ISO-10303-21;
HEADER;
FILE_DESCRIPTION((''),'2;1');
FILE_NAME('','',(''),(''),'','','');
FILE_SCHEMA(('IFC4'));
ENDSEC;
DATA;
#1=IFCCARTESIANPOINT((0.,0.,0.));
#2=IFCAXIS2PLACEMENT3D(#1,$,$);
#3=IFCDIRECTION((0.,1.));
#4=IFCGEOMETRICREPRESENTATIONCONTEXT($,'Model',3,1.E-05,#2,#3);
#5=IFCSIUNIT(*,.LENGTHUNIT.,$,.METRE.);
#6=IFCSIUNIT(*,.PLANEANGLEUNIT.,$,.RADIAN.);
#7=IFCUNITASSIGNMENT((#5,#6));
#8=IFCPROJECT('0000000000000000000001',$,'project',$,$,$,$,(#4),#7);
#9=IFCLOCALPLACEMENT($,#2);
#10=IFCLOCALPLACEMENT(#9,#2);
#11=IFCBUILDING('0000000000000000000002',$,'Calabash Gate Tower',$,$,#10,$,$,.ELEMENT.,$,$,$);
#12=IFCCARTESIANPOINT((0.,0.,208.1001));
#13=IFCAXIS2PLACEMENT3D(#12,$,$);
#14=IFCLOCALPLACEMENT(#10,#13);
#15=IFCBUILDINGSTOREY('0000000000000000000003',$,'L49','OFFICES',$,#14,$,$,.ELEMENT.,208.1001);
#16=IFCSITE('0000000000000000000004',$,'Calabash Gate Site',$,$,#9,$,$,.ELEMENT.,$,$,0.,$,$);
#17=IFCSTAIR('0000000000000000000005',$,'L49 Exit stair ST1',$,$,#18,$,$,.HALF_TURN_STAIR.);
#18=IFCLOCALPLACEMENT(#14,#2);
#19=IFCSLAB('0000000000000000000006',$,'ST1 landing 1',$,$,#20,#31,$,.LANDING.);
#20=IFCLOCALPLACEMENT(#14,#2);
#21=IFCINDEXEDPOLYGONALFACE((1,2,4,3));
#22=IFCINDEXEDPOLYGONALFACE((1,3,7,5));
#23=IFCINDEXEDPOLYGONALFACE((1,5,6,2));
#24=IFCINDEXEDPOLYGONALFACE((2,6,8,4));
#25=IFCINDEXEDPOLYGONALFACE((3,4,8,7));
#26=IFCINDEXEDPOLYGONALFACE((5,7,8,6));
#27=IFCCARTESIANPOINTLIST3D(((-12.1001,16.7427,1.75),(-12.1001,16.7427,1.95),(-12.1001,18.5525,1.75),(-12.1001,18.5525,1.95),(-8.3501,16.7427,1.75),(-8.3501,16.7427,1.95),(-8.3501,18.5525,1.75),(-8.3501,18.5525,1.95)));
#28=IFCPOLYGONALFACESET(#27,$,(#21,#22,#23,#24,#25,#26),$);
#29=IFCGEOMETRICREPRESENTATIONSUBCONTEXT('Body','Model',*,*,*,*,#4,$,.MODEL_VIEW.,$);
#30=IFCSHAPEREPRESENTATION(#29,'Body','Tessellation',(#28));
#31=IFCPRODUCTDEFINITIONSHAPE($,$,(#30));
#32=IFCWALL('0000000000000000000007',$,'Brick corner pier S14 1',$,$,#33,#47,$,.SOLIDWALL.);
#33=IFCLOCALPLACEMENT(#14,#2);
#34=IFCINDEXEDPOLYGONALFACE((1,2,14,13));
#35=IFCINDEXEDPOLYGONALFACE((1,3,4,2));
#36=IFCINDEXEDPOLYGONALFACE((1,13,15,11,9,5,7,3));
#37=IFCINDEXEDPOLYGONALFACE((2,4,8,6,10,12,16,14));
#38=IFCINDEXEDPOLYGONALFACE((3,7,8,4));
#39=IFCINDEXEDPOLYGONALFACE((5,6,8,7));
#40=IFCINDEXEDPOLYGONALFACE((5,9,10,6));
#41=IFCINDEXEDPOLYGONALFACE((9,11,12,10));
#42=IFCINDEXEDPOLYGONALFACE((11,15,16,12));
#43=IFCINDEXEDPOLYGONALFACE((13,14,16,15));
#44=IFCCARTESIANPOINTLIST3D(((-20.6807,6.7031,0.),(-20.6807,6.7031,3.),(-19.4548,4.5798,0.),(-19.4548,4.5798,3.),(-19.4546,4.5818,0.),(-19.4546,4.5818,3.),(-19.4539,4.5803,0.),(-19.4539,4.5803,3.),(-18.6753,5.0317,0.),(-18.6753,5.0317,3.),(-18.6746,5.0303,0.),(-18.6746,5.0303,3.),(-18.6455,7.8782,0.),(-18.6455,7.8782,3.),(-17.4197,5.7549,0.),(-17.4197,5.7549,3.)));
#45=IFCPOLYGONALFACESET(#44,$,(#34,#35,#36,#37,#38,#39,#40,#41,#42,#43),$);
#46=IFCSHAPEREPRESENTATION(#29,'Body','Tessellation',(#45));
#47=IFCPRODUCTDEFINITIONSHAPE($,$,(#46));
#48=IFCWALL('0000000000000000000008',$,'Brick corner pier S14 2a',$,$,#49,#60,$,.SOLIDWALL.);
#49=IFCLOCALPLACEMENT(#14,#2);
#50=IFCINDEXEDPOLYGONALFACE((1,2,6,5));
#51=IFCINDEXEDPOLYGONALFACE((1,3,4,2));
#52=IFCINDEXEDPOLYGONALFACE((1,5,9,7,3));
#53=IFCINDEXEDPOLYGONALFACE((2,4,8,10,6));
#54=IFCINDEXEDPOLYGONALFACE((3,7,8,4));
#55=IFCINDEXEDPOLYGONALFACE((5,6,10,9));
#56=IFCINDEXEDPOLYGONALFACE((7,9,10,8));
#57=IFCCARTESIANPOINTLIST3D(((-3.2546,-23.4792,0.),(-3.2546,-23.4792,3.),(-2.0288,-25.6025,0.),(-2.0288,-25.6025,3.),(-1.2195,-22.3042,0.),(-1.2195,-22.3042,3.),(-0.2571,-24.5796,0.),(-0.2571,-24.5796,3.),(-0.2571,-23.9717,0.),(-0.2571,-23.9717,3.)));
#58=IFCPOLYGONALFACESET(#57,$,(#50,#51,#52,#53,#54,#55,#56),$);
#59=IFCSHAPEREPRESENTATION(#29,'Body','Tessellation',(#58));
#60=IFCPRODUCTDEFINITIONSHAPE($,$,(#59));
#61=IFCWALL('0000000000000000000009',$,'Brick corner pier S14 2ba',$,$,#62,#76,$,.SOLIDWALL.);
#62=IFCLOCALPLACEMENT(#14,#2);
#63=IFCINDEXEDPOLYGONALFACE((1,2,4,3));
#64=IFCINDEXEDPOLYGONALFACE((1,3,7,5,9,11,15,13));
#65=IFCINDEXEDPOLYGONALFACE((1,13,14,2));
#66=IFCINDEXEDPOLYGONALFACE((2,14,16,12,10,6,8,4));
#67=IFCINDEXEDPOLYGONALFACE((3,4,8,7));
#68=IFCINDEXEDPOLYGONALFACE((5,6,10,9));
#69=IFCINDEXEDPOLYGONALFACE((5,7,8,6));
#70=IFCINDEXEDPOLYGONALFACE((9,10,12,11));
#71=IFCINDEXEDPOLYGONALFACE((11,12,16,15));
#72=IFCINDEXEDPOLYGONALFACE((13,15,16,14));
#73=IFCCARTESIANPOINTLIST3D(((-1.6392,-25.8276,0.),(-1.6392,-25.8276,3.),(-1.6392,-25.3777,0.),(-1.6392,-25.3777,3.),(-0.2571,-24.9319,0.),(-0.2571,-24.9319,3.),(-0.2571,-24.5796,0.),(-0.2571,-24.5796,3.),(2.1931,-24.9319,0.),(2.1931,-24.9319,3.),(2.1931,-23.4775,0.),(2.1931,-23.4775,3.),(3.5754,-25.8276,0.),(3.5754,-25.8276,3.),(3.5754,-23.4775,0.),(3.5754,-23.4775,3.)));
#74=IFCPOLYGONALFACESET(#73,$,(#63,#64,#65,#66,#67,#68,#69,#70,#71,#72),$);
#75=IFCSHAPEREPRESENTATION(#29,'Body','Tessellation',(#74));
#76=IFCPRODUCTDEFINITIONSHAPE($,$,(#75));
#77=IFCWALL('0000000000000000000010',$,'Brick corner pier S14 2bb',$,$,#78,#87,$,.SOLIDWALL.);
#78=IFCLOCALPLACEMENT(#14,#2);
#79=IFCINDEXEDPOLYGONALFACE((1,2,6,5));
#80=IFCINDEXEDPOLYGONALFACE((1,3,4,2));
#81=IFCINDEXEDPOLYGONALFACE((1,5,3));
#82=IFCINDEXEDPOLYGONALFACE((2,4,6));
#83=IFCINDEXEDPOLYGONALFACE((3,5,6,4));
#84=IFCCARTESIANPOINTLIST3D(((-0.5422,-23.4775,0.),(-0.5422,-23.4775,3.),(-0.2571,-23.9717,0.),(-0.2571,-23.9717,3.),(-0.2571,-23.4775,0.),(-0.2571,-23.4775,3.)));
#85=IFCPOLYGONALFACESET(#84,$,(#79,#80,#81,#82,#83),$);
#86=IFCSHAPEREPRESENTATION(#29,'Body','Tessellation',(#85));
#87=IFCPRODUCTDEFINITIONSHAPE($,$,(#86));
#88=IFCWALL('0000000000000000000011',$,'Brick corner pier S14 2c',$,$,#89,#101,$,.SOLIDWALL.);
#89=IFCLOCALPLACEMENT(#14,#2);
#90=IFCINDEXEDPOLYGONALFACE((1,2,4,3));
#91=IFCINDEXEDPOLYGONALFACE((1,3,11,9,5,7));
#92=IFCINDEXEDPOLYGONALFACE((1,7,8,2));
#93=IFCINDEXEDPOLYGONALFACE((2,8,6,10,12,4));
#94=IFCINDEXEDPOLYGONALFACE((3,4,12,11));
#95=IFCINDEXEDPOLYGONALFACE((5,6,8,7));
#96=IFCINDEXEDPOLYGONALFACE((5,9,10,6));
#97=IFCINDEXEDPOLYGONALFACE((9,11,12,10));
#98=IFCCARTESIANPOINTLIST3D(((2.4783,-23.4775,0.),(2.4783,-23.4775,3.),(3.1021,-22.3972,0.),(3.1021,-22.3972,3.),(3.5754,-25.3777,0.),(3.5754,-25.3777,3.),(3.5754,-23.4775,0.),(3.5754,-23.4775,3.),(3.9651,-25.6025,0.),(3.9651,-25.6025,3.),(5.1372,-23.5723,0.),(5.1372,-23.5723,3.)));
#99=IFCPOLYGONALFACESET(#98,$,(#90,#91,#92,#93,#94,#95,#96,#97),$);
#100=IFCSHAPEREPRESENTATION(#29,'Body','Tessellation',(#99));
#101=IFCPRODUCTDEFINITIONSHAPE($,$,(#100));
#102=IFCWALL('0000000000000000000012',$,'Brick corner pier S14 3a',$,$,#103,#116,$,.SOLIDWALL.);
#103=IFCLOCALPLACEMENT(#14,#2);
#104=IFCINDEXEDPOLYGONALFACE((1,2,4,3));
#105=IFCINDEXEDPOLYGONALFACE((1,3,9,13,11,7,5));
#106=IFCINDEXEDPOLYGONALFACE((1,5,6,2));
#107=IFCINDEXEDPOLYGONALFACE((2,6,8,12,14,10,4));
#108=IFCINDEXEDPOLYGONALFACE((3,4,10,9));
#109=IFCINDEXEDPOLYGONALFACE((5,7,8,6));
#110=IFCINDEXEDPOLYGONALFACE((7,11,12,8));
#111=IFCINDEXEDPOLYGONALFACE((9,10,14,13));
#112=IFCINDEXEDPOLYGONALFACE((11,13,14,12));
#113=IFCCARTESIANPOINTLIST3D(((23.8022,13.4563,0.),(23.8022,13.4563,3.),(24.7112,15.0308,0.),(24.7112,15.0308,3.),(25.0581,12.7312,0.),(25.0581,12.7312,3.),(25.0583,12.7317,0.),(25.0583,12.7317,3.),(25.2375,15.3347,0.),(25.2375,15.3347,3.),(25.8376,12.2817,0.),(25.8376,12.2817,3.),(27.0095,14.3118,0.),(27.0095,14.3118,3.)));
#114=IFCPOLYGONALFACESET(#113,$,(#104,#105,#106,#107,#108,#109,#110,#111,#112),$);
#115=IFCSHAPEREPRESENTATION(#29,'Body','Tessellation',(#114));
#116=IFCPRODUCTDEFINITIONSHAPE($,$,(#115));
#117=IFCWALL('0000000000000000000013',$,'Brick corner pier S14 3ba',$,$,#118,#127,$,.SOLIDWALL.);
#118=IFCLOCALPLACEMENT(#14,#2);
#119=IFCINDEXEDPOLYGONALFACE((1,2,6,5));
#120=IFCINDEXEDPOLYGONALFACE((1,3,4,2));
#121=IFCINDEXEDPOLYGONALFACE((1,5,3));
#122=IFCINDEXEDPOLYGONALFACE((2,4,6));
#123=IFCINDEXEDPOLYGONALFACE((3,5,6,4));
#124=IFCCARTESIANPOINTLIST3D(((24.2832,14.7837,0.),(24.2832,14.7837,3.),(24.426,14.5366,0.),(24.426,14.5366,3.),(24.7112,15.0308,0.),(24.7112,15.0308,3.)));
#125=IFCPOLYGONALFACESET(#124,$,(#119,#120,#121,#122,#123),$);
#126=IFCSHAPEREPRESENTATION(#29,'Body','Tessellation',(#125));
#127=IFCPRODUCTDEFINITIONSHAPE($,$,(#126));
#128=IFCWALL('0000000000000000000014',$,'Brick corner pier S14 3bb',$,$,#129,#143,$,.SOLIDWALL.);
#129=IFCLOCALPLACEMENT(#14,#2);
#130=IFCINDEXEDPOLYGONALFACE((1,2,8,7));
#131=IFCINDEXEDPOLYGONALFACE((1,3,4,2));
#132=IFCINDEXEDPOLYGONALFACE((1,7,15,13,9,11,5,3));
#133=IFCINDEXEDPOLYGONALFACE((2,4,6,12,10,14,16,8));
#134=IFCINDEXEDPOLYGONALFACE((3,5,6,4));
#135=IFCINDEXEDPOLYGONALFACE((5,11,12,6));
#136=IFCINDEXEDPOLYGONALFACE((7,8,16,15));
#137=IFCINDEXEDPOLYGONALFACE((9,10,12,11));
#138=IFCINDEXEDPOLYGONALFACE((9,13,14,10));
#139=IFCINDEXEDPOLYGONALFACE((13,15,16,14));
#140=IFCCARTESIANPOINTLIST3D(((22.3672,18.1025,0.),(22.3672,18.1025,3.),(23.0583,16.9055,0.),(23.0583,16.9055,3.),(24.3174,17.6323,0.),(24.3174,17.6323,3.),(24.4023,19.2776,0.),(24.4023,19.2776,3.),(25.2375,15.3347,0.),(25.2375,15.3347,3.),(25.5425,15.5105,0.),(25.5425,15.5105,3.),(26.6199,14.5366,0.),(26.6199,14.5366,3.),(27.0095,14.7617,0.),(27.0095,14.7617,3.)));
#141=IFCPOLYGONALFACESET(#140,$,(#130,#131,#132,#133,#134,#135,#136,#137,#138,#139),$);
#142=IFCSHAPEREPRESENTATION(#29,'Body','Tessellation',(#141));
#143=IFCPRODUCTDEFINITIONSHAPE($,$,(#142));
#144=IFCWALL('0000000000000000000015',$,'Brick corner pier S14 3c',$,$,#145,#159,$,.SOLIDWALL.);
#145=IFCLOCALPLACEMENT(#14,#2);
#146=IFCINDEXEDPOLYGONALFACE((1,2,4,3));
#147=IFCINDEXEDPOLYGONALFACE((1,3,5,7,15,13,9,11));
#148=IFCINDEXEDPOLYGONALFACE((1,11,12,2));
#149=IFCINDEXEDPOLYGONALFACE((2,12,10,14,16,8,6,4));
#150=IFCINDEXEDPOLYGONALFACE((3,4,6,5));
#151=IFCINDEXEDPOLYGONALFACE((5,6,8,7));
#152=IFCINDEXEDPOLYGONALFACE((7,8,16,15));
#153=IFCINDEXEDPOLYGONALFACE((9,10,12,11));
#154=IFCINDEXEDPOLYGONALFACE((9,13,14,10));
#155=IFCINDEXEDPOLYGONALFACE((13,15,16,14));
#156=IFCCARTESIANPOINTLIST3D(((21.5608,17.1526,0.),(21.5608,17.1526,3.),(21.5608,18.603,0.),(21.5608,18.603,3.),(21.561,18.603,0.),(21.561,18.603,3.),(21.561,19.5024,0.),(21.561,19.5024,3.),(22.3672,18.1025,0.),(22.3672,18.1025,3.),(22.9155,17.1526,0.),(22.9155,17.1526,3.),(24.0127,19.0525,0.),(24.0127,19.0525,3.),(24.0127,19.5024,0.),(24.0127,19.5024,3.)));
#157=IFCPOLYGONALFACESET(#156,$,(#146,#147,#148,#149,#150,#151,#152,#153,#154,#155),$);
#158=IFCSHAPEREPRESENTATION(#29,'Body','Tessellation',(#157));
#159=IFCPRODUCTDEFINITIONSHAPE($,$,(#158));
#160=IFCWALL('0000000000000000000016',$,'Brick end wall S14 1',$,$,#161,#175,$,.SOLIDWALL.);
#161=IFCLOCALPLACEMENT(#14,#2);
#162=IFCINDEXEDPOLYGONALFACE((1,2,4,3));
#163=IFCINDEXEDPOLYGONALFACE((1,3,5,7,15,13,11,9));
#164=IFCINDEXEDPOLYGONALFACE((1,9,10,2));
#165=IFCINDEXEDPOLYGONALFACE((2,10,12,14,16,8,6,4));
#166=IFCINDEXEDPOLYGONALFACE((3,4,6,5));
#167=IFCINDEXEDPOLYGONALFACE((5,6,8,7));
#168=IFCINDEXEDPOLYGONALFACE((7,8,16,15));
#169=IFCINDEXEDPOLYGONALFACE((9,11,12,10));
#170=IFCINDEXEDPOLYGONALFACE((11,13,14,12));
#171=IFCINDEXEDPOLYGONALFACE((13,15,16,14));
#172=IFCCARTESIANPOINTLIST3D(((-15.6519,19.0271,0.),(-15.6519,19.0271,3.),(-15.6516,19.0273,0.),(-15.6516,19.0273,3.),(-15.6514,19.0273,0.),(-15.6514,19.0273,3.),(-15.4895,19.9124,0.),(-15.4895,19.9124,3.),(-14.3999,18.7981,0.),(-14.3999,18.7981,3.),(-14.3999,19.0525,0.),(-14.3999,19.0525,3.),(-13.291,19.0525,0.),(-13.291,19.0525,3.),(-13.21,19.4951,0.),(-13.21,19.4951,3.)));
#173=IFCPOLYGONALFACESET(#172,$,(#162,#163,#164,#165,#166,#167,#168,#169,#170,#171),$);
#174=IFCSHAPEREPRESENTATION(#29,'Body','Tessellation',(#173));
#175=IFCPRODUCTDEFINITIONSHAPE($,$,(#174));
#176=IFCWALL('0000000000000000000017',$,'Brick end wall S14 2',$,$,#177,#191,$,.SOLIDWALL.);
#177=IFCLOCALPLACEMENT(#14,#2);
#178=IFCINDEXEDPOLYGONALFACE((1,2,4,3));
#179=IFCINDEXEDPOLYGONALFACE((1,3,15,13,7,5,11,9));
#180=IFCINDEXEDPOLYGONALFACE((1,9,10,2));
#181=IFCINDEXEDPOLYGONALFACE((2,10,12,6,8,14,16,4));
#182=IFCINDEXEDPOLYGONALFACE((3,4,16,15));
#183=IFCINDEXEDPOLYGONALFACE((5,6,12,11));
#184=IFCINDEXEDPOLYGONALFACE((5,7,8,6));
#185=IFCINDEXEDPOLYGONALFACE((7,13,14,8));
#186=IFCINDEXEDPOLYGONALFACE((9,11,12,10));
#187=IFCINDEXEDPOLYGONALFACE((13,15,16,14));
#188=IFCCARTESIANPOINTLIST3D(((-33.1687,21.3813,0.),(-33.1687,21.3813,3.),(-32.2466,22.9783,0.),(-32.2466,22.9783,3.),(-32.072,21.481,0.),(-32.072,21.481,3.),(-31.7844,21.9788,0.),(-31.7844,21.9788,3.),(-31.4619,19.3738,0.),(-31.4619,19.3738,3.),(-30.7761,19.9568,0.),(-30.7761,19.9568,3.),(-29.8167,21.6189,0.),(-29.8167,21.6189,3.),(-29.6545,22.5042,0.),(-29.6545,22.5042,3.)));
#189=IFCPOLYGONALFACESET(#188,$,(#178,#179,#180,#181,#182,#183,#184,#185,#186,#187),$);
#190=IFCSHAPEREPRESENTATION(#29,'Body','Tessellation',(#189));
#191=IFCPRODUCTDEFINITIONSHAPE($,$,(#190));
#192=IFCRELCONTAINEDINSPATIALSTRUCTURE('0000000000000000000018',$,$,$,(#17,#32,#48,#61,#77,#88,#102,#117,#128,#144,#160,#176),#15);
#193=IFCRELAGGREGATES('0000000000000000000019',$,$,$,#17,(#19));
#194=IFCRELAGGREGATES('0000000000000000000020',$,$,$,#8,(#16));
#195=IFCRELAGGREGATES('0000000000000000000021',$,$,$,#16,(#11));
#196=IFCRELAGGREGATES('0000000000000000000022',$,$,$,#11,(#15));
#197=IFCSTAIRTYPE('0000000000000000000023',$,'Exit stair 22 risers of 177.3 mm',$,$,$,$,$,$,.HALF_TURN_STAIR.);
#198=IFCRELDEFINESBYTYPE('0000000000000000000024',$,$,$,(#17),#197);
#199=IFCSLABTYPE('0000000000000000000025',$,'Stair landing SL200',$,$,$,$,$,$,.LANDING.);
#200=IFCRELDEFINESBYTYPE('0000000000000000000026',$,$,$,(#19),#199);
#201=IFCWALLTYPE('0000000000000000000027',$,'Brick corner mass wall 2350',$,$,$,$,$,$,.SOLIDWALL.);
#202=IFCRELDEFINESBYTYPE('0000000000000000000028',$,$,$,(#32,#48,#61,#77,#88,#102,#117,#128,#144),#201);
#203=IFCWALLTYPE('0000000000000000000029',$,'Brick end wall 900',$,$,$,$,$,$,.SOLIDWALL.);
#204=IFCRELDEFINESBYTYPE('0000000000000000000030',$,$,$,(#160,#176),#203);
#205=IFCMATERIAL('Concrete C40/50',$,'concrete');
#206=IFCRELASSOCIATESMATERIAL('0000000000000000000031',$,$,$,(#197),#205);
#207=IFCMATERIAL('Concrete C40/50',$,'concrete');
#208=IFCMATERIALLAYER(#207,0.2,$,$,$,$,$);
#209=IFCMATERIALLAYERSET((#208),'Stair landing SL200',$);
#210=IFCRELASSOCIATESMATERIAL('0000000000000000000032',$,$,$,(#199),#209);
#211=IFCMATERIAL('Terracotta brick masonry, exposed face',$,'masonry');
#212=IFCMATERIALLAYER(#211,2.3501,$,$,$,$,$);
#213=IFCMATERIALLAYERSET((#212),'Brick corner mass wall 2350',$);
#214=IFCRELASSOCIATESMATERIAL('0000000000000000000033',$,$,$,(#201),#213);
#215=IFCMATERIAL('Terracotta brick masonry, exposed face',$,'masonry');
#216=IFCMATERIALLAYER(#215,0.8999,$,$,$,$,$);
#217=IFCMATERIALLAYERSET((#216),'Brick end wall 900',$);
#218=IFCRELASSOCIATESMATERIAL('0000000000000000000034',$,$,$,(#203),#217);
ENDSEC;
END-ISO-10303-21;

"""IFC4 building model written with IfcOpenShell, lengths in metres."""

from ifc_helpers import new_model, si_unit, direction, frame, origin, place, context, subcontext, project, spatial, polyline, outline, extrude, material, layer, layer_set, type_object, element, aggregate, save


model = new_model("IFC4")

# Units and contexts
model_context = context("Model", 3, precision=1e-05, world=origin(), true_north=direction((0.0, 1.0)))
body_context = subcontext(model_context, "Body", "Model", "MODEL_VIEW")
ifc_project = project(units=[si_unit("LENGTHUNIT", "METRE"), si_unit("PLANEANGLEUNIT", "RADIAN")], contexts=[model_context])

# Site, building, storey
site_placement = place(None, origin())
site = spatial("IfcSite", under=ifc_project, at=site_placement, Name="Calabash Gate Site", CompositionType="ELEMENT", RefElevation=0.0)
building_placement = place(site_placement, origin())
building = spatial("IfcBuilding", under=site, at=building_placement, Name="Calabash Gate Tower", CompositionType="ELEMENT")
storey_placement = place(building_placement, frame((0.0, 0.0, 208.1001)))
storey = spatial("IfcBuildingStorey", under=building, at=storey_placement, Name="L49", Description="OFFICES", CompositionType="ELEMENT", Elevation=208.1001)

# Stair, slab
ifc_material_1 = material(Name="Concrete C40/50", Category="concrete")
stair_type = type_object("IfcStairType", Name="Exit stair 22 risers of 177.3 mm", PredefinedType="HALF_TURN_STAIR", material=ifc_material_1)
stair_placement = place(storey_placement, origin())
stair = element("IfcStair", 1, at=stair_placement, inside=storey, type_object=stair_type, Name="L49 Exit stair ST1", PredefinedType="HALF_TURN_STAIR")
ifc_material_2 = material(Name="Concrete C40/50", Category="concrete")
ifc_layer_1 = layer(ifc_material_2, 0.2)
ifc_layer_set_1 = layer_set([ifc_layer_1], Name="Stair landing SL200")
slab_type = type_object("IfcSlabType", Name="Stair landing SL200", PredefinedType="LANDING", material=ifc_layer_set_1)
slab_placement = place(storey_placement, frame((0.0, 0.0, 1.75)))
slab = element("IfcSlab", 2, at=slab_placement, type_object=slab_type, Name="ST1 landing 1", PredefinedType="LANDING", context=body_context, shape_type="SweptSolid", body=[
    extrude(outline(polyline([(-8.3501, 16.7427), (-8.3501, 18.5525), (-12.1001, 18.5525), (-12.1001, 16.7427), (-8.3501, 16.7427)])), origin(), (0.0, 0.0, 1.0), 0.2),
])
aggregate(stair, [slab])

# Walls
ifc_material_3 = material(Name="Terracotta brick masonry, exposed face", Category="masonry")
ifc_layer_2 = layer(ifc_material_3, 2.3501)
ifc_layer_set_2 = layer_set([ifc_layer_2], Name="Brick corner mass wall 2350")
wall_type_1 = type_object("IfcWallType", Name="Brick corner mass wall 2350", PredefinedType="SOLIDWALL", material=ifc_layer_set_2)
wall_1_placement = place(storey_placement, origin())
element("IfcWall", 3, at=wall_1_placement, inside=storey, type_object=wall_type_1, Name="Brick corner pier S14 1", PredefinedType="SOLIDWALL", context=body_context, shape_type="SweptSolid", body=[
    extrude(outline(polyline([(-19.4546, 4.5818), (-18.6753, 5.0317), (-18.6746, 5.0303), (-17.4197, 5.7549), (-18.6455, 7.8782), (-20.6807, 6.7031), (-19.4548, 4.5798), (-19.4539, 4.5803), (-19.4546, 4.5818)])), origin(), (0.0, 0.0, 1.0), 3.0),
])
wall_2_placement = place(storey_placement, origin())
element("IfcWall", 4, at=wall_2_placement, inside=storey, type_object=wall_type_1, Name="Brick corner pier S14 2a", PredefinedType="SOLIDWALL", context=body_context, shape_type="SweptSolid", body=[
    extrude(outline(polyline([(-0.2571, -23.9717), (-1.2195, -22.3042), (-3.2546, -23.4792), (-2.0288, -25.6025), (-0.2571, -24.5796), (-0.2571, -23.9717)])), origin(), (0.0, 0.0, 1.0), 3.0),
])
wall_3_placement = place(storey_placement, origin())
element("IfcWall", 5, at=wall_3_placement, inside=storey, type_object=wall_type_1, Name="Brick corner pier S14 2ba", PredefinedType="SOLIDWALL", context=body_context, shape_type="SweptSolid", body=[
    extrude(outline(polyline([(2.1931, -23.4775), (2.1931, -24.9319), (-0.2571, -24.9319), (-0.2571, -24.5796), (-1.6392, -25.3777), (-1.6392, -25.8276), (3.5754, -25.8276), (3.5754, -23.4775), (2.1931, -23.4775)])), origin(), (0.0, 0.0, 1.0), 3.0),
])
wall_4_placement = place(storey_placement, origin())
element("IfcWall", 6, at=wall_4_placement, inside=storey, type_object=wall_type_1, Name="Brick corner pier S14 2bb", PredefinedType="SOLIDWALL", context=body_context, shape_type="SweptSolid", body=[
    extrude(outline(polyline([(-0.5422, -23.4775), (-0.2571, -23.9717), (-0.2571, -23.4775), (-0.5422, -23.4775)])), origin(), (0.0, 0.0, 1.0), 3.0),
])
wall_5_placement = place(storey_placement, origin())
element("IfcWall", 7, at=wall_5_placement, inside=storey, type_object=wall_type_1, Name="Brick corner pier S14 2c", PredefinedType="SOLIDWALL", context=body_context, shape_type="SweptSolid", body=[
    extrude(outline(polyline([(5.1372, -23.5723), (3.1021, -22.3972), (2.4783, -23.4775), (3.5754, -23.4775), (3.5754, -25.3777), (3.9651, -25.6025), (5.1372, -23.5723)])), origin(), (0.0, 0.0, 1.0), 3.0),
])
wall_6_placement = place(storey_placement, origin())
element("IfcWall", 8, at=wall_6_placement, inside=storey, type_object=wall_type_1, Name="Brick corner pier S14 3a", PredefinedType="SOLIDWALL", context=body_context, shape_type="SweptSolid", body=[
    extrude(outline(polyline([(23.8022, 13.4563), (25.0581, 12.7312), (25.0583, 12.7317), (25.8376, 12.2817), (27.0095, 14.3118), (25.2375, 15.3347), (24.7112, 15.0308), (23.8022, 13.4563)])), origin(), (0.0, 0.0, 1.0), 3.0),
])
wall_7_placement = place(storey_placement, origin())
element("IfcWall", 9, at=wall_7_placement, inside=storey, type_object=wall_type_1, Name="Brick corner pier S14 3ba", PredefinedType="SOLIDWALL", context=body_context, shape_type="SweptSolid", body=[
    extrude(outline(polyline([(24.426, 14.5366), (24.7112, 15.0308), (24.2832, 14.7837), (24.426, 14.5366)])), origin(), (0.0, 0.0, 1.0), 3.0),
])
wall_8_placement = place(storey_placement, origin())
element("IfcWall", 10, at=wall_8_placement, inside=storey, type_object=wall_type_1, Name="Brick corner pier S14 3bb", PredefinedType="SOLIDWALL", context=body_context, shape_type="SweptSolid", body=[
    extrude(outline(polyline([(24.3174, 17.6323), (25.5425, 15.5105), (25.2375, 15.3347), (26.6199, 14.5366), (27.0095, 14.7617), (24.4023, 19.2776), (22.3672, 18.1025), (23.0583, 16.9055), (24.3174, 17.6323)])), origin(), (0.0, 0.0, 1.0), 3.0),
])
wall_9_placement = place(storey_placement, origin())
element("IfcWall", 11, at=wall_9_placement, inside=storey, type_object=wall_type_1, Name="Brick corner pier S14 3c", PredefinedType="SOLIDWALL", context=body_context, shape_type="SweptSolid", body=[
    extrude(outline(polyline([(21.5608, 18.603), (21.5608, 17.1526), (22.9155, 17.1526), (22.3672, 18.1025), (24.0127, 19.0525), (24.0127, 19.5024), (21.561, 19.5024), (21.561, 18.603), (21.5608, 18.603)])), origin(), (0.0, 0.0, 1.0), 3.0),
])
ifc_material_4 = material(Name="Terracotta brick masonry, exposed face", Category="masonry")
ifc_layer_3 = layer(ifc_material_4, 0.8999)
ifc_layer_set_3 = layer_set([ifc_layer_3], Name="Brick end wall 900")
wall_type_2 = type_object("IfcWallType", Name="Brick end wall 900", PredefinedType="SOLIDWALL", material=ifc_layer_set_3)
wall_10_placement = place(storey_placement, origin())
element("IfcWall", 12, at=wall_10_placement, inside=storey, type_object=wall_type_2, Name="Brick end wall S14 1", PredefinedType="SOLIDWALL", context=body_context, shape_type="SweptSolid", body=[
    extrude(outline(polyline([(-15.6516, 19.0273), (-15.6519, 19.0271), (-14.3999, 18.7981), (-14.3999, 19.0525), (-13.291, 19.0525), (-13.21, 19.4951), (-15.4895, 19.9124), (-15.6514, 19.0273), (-15.6516, 19.0273)])), origin(), (0.0, 0.0, 1.0), 3.0),
])
wall_11_placement = place(storey_placement, origin())
element("IfcWall", 13, at=wall_11_placement, inside=storey, type_object=wall_type_2, Name="Brick end wall S14 2", PredefinedType="SOLIDWALL", context=body_context, shape_type="SweptSolid", body=[
    extrude(outline(polyline([(-31.7844, 21.9788), (-29.8167, 21.6189), (-29.6545, 22.5042), (-32.2466, 22.9783), (-33.1687, 21.3813), (-31.4619, 19.3738), (-30.7761, 19.9568), (-32.072, 21.481), (-31.7844, 21.9788)])), origin(), (0.0, 0.0, 1.0), 3.0),
])

save(model, "model.ifc")
